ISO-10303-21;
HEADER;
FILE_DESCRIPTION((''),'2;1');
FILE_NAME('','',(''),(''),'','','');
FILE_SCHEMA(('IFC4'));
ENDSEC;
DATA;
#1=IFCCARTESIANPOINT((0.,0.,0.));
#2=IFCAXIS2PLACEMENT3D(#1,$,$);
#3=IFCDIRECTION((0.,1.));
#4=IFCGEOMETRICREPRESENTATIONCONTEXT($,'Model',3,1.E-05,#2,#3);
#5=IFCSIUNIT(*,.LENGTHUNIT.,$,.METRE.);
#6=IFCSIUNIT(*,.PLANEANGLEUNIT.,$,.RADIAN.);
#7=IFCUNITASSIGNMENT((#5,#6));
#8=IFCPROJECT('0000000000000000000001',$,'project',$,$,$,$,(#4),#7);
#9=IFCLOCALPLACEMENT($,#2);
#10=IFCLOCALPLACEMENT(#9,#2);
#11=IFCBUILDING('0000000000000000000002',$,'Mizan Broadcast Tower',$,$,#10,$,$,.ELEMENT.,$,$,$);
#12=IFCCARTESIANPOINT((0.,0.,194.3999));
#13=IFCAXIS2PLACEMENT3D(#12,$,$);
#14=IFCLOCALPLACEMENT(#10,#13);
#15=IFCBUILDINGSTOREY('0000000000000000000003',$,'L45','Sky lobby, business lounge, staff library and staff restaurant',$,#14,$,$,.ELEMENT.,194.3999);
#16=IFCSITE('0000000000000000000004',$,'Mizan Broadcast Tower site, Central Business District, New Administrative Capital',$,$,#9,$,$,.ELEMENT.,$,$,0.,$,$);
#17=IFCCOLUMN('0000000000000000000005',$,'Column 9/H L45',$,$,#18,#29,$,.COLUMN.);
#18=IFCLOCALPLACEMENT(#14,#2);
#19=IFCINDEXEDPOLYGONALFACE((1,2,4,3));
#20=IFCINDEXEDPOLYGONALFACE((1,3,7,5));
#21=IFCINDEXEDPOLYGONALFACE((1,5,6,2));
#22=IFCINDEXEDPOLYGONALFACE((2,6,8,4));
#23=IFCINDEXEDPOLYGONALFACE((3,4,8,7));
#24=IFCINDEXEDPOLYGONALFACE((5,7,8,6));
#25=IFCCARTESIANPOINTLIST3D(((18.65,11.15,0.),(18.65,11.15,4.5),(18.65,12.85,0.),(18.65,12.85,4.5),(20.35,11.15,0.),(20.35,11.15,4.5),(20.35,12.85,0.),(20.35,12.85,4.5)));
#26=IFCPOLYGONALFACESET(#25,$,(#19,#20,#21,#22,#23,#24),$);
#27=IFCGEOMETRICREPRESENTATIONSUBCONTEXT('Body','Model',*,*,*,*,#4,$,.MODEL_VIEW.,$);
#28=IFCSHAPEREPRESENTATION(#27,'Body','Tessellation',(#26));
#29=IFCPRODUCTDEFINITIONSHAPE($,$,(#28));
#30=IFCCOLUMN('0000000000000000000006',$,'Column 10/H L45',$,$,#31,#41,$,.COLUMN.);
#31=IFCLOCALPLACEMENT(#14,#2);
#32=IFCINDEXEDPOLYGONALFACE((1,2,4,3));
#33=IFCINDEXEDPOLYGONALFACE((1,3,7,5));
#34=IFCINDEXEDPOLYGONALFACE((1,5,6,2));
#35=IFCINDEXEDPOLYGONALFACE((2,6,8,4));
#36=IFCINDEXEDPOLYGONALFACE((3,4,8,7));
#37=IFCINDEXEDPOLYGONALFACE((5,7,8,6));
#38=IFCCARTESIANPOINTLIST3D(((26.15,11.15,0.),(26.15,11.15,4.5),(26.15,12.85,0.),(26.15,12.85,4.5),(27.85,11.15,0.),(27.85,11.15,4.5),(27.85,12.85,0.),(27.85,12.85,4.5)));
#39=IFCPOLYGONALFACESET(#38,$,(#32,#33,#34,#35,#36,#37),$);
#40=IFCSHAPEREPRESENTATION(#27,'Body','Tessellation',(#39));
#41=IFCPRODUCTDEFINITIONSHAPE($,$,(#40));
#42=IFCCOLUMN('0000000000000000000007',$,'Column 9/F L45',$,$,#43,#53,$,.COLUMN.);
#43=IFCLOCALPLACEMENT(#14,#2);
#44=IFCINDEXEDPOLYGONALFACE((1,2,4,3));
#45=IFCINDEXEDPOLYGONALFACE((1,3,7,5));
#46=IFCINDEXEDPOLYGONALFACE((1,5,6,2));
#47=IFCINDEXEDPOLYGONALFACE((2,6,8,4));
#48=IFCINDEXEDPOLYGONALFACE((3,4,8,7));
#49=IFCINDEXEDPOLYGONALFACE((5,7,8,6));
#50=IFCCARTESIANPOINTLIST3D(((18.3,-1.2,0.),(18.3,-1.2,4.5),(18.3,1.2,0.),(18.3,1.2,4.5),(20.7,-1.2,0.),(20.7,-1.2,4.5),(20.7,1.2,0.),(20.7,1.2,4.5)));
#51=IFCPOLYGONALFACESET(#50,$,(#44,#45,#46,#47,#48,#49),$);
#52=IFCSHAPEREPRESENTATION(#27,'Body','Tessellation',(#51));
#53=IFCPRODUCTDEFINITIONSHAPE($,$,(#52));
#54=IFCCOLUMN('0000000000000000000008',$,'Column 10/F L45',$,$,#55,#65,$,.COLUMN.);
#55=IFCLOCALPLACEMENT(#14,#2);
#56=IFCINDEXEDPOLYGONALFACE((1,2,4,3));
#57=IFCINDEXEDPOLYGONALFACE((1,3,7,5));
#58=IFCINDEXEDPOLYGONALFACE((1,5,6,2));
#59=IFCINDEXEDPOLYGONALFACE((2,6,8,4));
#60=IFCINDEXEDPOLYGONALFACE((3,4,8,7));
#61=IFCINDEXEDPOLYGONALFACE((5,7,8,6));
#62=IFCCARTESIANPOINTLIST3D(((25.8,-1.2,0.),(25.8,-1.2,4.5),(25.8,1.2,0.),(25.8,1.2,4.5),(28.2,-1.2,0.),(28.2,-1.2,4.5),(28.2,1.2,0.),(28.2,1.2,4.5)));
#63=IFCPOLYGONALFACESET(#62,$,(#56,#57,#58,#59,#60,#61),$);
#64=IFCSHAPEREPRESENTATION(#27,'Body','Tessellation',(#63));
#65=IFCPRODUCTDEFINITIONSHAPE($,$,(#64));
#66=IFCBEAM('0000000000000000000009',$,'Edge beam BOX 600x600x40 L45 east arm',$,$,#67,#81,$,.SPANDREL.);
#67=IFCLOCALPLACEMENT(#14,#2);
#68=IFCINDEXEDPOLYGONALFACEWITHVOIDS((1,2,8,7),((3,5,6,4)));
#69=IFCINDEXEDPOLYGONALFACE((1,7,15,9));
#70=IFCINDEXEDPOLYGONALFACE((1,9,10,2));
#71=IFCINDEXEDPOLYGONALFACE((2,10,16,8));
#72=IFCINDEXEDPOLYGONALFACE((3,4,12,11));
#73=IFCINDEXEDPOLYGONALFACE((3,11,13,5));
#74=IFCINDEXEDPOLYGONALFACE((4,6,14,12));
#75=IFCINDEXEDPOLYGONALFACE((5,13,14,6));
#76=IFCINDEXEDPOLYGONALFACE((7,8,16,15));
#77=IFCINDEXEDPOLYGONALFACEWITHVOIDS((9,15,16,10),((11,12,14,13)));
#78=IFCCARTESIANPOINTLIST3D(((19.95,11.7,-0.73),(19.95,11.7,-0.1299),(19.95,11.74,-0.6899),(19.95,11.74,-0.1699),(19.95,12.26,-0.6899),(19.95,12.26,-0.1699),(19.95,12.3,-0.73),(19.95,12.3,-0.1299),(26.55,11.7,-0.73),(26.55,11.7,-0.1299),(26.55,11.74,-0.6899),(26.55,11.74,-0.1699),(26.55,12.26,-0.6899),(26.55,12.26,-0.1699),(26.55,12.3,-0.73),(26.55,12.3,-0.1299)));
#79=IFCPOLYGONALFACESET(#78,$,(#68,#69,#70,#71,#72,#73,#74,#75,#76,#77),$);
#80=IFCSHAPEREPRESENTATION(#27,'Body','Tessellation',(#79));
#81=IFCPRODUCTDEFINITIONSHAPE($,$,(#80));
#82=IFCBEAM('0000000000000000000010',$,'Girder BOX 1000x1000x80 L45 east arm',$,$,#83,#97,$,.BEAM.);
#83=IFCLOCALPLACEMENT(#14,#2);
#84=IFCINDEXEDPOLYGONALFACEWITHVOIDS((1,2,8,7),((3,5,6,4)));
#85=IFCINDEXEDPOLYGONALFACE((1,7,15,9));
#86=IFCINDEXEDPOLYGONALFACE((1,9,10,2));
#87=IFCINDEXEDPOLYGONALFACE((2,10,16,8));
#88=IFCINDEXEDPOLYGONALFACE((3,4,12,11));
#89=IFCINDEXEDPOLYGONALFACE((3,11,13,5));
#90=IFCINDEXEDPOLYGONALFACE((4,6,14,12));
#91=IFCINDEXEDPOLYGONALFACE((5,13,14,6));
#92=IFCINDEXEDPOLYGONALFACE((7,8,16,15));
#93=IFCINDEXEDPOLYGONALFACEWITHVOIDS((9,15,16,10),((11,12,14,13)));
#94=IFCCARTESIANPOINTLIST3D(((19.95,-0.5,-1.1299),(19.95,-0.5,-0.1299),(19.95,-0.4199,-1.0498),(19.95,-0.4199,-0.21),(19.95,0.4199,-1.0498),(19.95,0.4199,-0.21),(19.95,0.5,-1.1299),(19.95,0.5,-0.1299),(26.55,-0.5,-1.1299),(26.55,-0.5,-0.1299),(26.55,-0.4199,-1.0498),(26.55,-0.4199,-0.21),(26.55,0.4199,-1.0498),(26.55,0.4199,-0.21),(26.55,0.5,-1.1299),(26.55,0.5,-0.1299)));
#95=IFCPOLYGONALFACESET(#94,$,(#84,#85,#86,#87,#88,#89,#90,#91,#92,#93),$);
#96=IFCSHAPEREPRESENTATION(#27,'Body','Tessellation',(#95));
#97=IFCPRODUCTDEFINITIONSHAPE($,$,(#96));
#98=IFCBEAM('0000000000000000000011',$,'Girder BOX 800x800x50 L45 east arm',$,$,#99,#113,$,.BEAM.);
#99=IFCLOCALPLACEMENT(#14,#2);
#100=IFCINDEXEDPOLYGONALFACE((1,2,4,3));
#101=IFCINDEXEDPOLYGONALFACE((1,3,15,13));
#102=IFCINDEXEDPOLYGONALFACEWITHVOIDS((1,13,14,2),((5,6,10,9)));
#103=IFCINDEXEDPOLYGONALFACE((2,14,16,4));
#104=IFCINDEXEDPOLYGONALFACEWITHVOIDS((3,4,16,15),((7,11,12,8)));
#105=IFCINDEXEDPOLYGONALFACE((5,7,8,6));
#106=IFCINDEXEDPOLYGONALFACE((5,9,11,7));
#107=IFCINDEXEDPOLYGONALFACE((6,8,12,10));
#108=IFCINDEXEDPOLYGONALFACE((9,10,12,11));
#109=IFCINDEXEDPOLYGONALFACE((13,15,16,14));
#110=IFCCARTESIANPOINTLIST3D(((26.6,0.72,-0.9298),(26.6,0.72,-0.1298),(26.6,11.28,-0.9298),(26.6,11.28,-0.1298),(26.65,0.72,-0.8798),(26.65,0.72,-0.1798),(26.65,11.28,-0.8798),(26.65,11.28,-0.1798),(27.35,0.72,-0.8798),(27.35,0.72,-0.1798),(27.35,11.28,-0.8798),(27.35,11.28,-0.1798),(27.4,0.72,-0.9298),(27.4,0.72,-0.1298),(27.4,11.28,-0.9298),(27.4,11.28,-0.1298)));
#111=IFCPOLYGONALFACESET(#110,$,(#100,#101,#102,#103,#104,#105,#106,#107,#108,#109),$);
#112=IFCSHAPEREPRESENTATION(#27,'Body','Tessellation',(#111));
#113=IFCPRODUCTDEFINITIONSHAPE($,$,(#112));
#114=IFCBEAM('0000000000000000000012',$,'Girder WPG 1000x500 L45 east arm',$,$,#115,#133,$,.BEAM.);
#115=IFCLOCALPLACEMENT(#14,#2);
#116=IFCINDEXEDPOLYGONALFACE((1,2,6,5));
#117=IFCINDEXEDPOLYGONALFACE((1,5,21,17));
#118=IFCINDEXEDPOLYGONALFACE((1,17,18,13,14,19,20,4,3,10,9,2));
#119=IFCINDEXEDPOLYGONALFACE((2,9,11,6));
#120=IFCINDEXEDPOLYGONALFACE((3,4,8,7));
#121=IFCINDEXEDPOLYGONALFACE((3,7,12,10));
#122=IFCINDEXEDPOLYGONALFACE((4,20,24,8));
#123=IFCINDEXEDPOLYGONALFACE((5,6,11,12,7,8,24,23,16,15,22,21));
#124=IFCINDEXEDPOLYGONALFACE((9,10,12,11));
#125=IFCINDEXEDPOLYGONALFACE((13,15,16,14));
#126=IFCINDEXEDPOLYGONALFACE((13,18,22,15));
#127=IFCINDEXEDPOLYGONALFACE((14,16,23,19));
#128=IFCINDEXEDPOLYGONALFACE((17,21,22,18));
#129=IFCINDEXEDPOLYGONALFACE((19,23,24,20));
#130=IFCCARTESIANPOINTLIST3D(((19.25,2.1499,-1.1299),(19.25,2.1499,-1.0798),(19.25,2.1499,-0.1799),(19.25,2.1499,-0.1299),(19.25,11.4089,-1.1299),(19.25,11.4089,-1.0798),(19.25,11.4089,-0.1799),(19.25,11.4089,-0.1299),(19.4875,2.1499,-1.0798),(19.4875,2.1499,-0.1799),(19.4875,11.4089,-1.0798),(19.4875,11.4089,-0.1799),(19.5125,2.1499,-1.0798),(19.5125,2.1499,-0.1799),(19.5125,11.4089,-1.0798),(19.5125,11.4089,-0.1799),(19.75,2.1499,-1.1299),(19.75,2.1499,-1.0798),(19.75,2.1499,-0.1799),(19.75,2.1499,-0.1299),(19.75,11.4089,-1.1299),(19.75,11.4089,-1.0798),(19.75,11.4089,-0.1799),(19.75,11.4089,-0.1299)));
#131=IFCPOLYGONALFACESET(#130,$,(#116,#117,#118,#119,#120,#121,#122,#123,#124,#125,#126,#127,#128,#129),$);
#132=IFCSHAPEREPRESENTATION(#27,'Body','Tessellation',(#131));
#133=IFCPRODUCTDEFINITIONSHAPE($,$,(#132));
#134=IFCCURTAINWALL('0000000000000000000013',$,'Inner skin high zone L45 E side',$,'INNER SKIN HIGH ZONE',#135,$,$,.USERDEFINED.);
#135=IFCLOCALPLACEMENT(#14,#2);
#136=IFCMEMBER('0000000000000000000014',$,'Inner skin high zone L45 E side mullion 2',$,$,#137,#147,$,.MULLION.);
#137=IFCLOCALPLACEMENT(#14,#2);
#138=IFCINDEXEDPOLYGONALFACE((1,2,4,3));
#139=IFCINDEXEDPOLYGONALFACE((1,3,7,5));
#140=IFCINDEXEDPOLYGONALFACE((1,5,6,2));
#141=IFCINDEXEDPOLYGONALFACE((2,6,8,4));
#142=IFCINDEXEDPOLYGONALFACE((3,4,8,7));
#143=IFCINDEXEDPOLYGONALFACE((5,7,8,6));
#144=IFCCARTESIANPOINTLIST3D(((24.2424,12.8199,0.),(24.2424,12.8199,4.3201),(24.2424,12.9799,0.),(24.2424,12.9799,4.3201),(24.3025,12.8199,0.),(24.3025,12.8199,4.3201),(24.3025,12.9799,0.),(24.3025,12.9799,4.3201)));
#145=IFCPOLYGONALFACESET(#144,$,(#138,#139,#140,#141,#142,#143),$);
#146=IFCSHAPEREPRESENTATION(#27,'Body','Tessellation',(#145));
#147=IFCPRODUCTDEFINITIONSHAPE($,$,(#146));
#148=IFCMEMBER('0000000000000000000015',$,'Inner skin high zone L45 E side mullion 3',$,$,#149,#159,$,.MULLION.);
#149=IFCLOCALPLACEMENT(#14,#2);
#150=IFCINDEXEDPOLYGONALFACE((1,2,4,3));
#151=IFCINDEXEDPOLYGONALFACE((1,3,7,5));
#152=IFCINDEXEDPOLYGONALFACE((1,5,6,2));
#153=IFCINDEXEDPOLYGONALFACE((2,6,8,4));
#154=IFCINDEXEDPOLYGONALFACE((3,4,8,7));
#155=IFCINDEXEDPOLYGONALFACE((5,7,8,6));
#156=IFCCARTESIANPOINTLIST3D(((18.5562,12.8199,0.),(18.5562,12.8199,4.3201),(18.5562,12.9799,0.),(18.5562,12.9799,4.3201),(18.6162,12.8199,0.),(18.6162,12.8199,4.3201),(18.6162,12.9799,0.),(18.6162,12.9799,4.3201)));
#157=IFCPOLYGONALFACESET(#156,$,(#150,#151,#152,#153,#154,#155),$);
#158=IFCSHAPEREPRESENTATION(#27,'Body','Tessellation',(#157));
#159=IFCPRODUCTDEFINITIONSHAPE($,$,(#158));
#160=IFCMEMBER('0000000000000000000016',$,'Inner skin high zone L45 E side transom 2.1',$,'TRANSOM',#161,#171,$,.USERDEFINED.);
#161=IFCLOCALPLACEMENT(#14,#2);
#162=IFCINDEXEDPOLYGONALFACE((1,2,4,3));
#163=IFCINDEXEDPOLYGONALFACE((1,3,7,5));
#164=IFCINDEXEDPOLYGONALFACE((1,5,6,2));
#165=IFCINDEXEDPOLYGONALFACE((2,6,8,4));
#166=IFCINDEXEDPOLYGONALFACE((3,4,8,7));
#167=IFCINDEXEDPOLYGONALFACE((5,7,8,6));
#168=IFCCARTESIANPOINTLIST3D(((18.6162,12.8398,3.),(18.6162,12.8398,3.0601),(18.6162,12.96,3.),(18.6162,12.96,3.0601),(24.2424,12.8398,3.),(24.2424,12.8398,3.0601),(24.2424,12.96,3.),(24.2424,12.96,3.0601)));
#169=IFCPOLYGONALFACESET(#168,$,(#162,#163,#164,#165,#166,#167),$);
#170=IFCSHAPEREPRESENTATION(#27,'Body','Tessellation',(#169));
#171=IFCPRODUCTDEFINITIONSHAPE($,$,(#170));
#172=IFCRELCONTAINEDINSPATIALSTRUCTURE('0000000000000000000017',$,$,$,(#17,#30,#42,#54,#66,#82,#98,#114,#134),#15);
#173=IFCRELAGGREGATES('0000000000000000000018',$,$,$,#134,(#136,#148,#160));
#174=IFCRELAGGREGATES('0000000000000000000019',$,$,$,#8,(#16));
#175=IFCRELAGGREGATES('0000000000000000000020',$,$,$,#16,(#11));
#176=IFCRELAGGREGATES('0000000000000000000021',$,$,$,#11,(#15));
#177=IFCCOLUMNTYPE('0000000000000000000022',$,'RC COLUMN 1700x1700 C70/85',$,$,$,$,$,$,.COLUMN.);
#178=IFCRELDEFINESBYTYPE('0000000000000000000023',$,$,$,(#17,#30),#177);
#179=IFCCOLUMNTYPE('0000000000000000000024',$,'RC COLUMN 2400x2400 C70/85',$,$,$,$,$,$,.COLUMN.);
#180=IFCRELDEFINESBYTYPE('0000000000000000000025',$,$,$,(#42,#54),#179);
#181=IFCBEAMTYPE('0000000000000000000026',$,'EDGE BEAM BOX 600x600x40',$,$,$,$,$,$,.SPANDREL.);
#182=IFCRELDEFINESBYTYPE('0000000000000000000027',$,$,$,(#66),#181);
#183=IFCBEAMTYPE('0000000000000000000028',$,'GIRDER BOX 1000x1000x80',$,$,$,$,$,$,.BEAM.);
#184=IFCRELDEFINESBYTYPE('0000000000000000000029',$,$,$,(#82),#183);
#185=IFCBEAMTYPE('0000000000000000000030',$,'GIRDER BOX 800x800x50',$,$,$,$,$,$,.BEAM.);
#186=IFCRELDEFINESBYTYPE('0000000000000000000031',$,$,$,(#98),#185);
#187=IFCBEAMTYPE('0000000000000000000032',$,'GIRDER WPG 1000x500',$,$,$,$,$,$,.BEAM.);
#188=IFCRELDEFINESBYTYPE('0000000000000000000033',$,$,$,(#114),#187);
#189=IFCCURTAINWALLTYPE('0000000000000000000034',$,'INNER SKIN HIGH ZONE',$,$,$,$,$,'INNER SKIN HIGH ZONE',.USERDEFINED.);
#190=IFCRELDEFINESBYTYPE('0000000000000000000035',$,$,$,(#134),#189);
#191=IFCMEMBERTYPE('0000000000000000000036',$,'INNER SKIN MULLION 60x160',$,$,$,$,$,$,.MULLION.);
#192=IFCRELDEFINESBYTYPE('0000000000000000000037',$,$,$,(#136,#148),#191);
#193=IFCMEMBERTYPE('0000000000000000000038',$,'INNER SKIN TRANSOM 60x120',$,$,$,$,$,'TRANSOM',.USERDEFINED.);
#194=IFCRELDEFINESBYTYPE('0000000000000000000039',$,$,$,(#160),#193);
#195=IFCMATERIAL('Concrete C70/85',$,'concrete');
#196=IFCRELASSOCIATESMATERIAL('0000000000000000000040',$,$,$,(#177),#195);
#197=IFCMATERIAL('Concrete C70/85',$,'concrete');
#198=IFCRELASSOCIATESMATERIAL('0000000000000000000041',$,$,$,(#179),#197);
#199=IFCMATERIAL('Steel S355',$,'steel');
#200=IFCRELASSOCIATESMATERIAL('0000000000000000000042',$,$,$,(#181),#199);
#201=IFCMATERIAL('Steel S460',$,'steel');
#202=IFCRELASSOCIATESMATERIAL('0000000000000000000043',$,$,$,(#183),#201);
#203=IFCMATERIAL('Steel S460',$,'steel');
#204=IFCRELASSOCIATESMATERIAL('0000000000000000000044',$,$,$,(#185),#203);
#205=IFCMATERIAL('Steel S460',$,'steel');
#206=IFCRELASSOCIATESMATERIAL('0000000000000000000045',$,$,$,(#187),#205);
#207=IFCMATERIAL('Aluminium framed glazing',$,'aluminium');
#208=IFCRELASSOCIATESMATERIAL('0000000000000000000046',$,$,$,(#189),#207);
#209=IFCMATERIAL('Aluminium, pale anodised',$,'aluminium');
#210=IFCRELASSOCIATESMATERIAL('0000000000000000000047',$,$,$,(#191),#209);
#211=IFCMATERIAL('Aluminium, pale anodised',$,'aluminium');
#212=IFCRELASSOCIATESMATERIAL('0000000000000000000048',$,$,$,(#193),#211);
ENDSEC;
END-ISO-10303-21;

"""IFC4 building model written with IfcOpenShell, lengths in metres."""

from ifc_helpers import new_model, si_unit, direction, frame, origin, origin_2d, place, context, subcontext, project, spatial, rectangle, hollow_rectangle, i_section, extrude, material, material_profile, profile_set, type_object, element, aggregate, save


model = new_model("IFC4")

# Units and contexts
model_context = context("Model", 3, precision=1e-05, world=origin(), true_north=direction((0.0, 1.0)))
body_context = subcontext(model_context, "Body", "Model", "MODEL_VIEW")
ifc_project = project(units=[si_unit("LENGTHUNIT", "METRE"), si_unit("PLANEANGLEUNIT", "RADIAN")], contexts=[model_context])

# Site, building, storey
site_placement = place(None, origin())
site = spatial("IfcSite", under=ifc_project, at=site_placement, Name="Mizan Broadcast Tower site, Central Business District, New Administrative Capital", CompositionType="ELEMENT", RefElevation=0.0)
building_placement = place(site_placement, origin())
building = spatial("IfcBuilding", under=site, at=building_placement, Name="Mizan Broadcast Tower", CompositionType="ELEMENT")
storey_placement = place(building_placement, frame((0.0, 0.0, 194.3999)))
storey = spatial("IfcBuildingStorey", under=building, at=storey_placement, Name="L45", Description="Sky lobby, business lounge, staff library and staff restaurant", CompositionType="ELEMENT", Elevation=194.3999)

# Columns
ifc_material_1 = material(Name="Concrete C70/85", Category="concrete")
ifc_material_profile_1 = material_profile(ifc_material_1, rectangle(XDim=1.7, YDim=1.7, at=origin_2d()), Name="RC 1700x1700")
ifc_profile_set_1 = profile_set([ifc_material_profile_1], Name="Concrete C70/85")
column_type_1 = type_object("IfcColumnType", Name="RC COLUMN 1700x1700 C70/85", PredefinedType="COLUMN", material=ifc_profile_set_1)
for number, where, z_axis, x_axis, name in (
    (1, (19.5, 12.0, 0.0), (0.0, 0.0, 1.0), (1.0, 0.0, 0.0), "Column 9/H L45"),
    (2, (27.0, 12.0, 0.0), (0.0, 0.0, 1.0), (1.0, 0.0, 0.0), "Column 10/H L45"),
):
    element("IfcColumn", number, at=place(storey_placement, frame(where, z_axis=z_axis, x_axis=x_axis)), inside=storey, type_object=column_type_1, Name=name, PredefinedType="COLUMN", context=body_context, shape_type="SweptSolid", body=[
        extrude(rectangle(XDim=1.7, YDim=1.7, at=origin_2d()), origin(), (0.0, 0.0, 1.0), 4.5),
    ])
ifc_material_2 = material(Name="Concrete C70/85", Category="concrete")
ifc_material_profile_2 = material_profile(ifc_material_2, rectangle(XDim=2.3999, YDim=2.3999, at=origin_2d()), Name="RC 2400x2400")
ifc_profile_set_2 = profile_set([ifc_material_profile_2], Name="Concrete C70/85")
column_type_2 = type_object("IfcColumnType", Name="RC COLUMN 2400x2400 C70/85", PredefinedType="COLUMN", material=ifc_profile_set_2)
for number, where, z_axis, x_axis, name in (
    (3, (19.5, 0.0, 0.0), (0.0, 0.0, 1.0), (1.0, 0.0, 0.0), "Column 9/F L45"),
    (4, (27.0, 0.0, 0.0), (0.0, 0.0, 1.0), (1.0, 0.0, 0.0), "Column 10/F L45"),
):
    element("IfcColumn", number, at=place(storey_placement, frame(where, z_axis=z_axis, x_axis=x_axis)), inside=storey, type_object=column_type_2, Name=name, PredefinedType="COLUMN", context=body_context, shape_type="SweptSolid", body=[
        extrude(rectangle(XDim=2.3999, YDim=2.3999, at=origin_2d()), origin(), (0.0, 0.0, 1.0), 4.5),
    ])

# Beams
ifc_material_3 = material(Name="Steel S355", Category="steel")
ifc_material_profile_3 = material_profile(ifc_material_3, hollow_rectangle(XDim=0.6001, YDim=0.6001, WallThickness=0.04, at=origin_2d()), Name="BOX 600x600x40")
ifc_profile_set_3 = profile_set([ifc_material_profile_3], Name="Steel S355")
beam_type_1 = type_object("IfcBeamType", Name="EDGE BEAM BOX 600x600x40", PredefinedType="SPANDREL", material=ifc_profile_set_3)
beam_1_placement = place(storey_placement, frame((19.95, 12.0, -0.4299), z_axis=(1.0, 0.0, 0.0), x_axis=(0.0, 1.0, 0.0)))
element("IfcBeam", 5, at=beam_1_placement, inside=storey, type_object=beam_type_1, Name="Edge beam BOX 600x600x40 L45 east arm", PredefinedType="SPANDREL", context=body_context, shape_type="SweptSolid", body=[
    extrude(hollow_rectangle(XDim=0.6001, YDim=0.6001, WallThickness=0.04, at=origin_2d()), origin(), (0.0, 0.0, 1.0), 6.6001),
])
ifc_material_4 = material(Name="Steel S460", Category="steel")
ifc_material_profile_4 = material_profile(ifc_material_4, hollow_rectangle(XDim=1.0, YDim=1.0, WallThickness=0.0801, at=origin_2d()), Name="BOX 1000x1000x80")
ifc_profile_set_4 = profile_set([ifc_material_profile_4], Name="Steel S460")
beam_type_2 = type_object("IfcBeamType", Name="GIRDER BOX 1000x1000x80", PredefinedType="BEAM", material=ifc_profile_set_4)
beam_2_placement = place(storey_placement, frame((19.95, 0.0, -0.6299), z_axis=(1.0, 0.0, 0.0), x_axis=(0.0, 1.0, 0.0)))
element("IfcBeam", 6, at=beam_2_placement, inside=storey, type_object=beam_type_2, Name="Girder BOX 1000x1000x80 L45 east arm", PredefinedType="BEAM", context=body_context, shape_type="SweptSolid", body=[
    extrude(hollow_rectangle(XDim=1.0, YDim=1.0, WallThickness=0.0801, at=origin_2d()), origin(), (0.0, 0.0, 1.0), 6.6001),
])
ifc_material_5 = material(Name="Steel S460", Category="steel")
ifc_material_profile_5 = material_profile(ifc_material_5, hollow_rectangle(XDim=0.8, YDim=0.8, WallThickness=0.05, at=origin_2d()), Name="BOX 800x800x50")
ifc_profile_set_5 = profile_set([ifc_material_profile_5], Name="Steel S460")
beam_type_3 = type_object("IfcBeamType", Name="GIRDER BOX 800x800x50", PredefinedType="BEAM", material=ifc_profile_set_5)
beam_3_placement = place(storey_placement, frame((27.0, 11.28, -0.5298), z_axis=(0.0, -1.0, 0.0), x_axis=(1.0, 0.0, 0.0)))
element("IfcBeam", 7, at=beam_3_placement, inside=storey, type_object=beam_type_3, Name="Girder BOX 800x800x50 L45 east arm", PredefinedType="BEAM", context=body_context, shape_type="SweptSolid", body=[
    extrude(hollow_rectangle(XDim=0.8, YDim=0.8, WallThickness=0.05, at=origin_2d()), origin(), (0.0, 0.0, 1.0), 10.5601),
])
ifc_material_6 = material(Name="Steel S460", Category="steel")
ifc_material_profile_6 = material_profile(ifc_material_6, i_section(OverallWidth=0.5, OverallDepth=1.0, WebThickness=0.0249, FlangeThickness=0.05, at=origin_2d()), Name="WPG 1000x500")
ifc_profile_set_6 = profile_set([ifc_material_profile_6], Name="Steel S460")
beam_type_4 = type_object("IfcBeamType", Name="GIRDER WPG 1000x500", PredefinedType="BEAM", material=ifc_profile_set_6)
beam_4_placement = place(storey_placement, frame((19.5, 11.4089, -0.6299), z_axis=(0.0, -1.0, 0.0), x_axis=(1.0, 0.0, 0.0)))
element("IfcBeam", 8, at=beam_4_placement, inside=storey, type_object=beam_type_4, Name="Girder WPG 1000x500 L45 east arm", PredefinedType="BEAM", context=body_context, shape_type="SweptSolid", body=[
    extrude(i_section(OverallWidth=0.5, OverallDepth=1.0, WebThickness=0.0249, FlangeThickness=0.05, at=origin_2d()), origin(), (0.0, 0.0, 1.0), 9.259),
])

# Curtain wall, members
ifc_material_7 = material(Name="Aluminium framed glazing", Category="aluminium")
curtain_wall_type_1 = type_object("IfcCurtainWallType", Name="INNER SKIN HIGH ZONE", ElementType="INNER SKIN HIGH ZONE", PredefinedType="USERDEFINED", material=ifc_material_7)
curtain_wall_1_placement = place(storey_placement, origin())
curtain_wall_1 = element("IfcCurtainWall", 9, at=curtain_wall_1_placement, inside=storey, type_object=curtain_wall_type_1, Name="Inner skin high zone L45 E side", ObjectType="INNER SKIN HIGH ZONE", PredefinedType="USERDEFINED")
ifc_material_8 = material(Name="Aluminium, pale anodised", Category="aluminium")
ifc_material_profile_7 = material_profile(ifc_material_8, rectangle(XDim=0.1599, YDim=0.0601, at=origin_2d()), Name="MULLION 160x60")
ifc_profile_set_7 = profile_set([ifc_material_profile_7], Name="Aluminium, pale anodised")
member_type_1 = type_object("IfcMemberType", Name="INNER SKIN MULLION 60x160", PredefinedType="MULLION", material=ifc_profile_set_7)
member_1_placement = place(storey_placement, frame((24.2725, 12.8999, 0.0), z_axis=(0.0, 0.0, 1.0), x_axis=(0.0, -1.0, 0.0)))
member_1 = element("IfcMember", 10, at=member_1_placement, type_object=member_type_1, Name="Inner skin high zone L45 E side mullion 2", PredefinedType="MULLION", context=body_context, shape_type="SweptSolid", body=[
    extrude(rectangle(XDim=0.1599, YDim=0.0601, at=origin_2d()), origin(), (0.0, 0.0, 1.0), 4.3201),
])
member_2_placement = place(storey_placement, frame((18.5862, 12.8999, 0.0), z_axis=(0.0, 0.0, 1.0), x_axis=(0.0, -1.0, 0.0)))
member_2 = element("IfcMember", 11, at=member_2_placement, type_object=member_type_1, Name="Inner skin high zone L45 E side mullion 3", PredefinedType="MULLION", context=body_context, shape_type="SweptSolid", body=[
    extrude(rectangle(XDim=0.1599, YDim=0.0601, at=origin_2d()), origin(), (0.0, 0.0, 1.0), 4.3201),
])
ifc_material_9 = material(Name="Aluminium, pale anodised", Category="aluminium")
ifc_material_profile_8 = material_profile(ifc_material_9, rectangle(XDim=0.1201, YDim=0.0601, at=origin_2d()), Name="TRANSOM 120x60")
ifc_profile_set_8 = profile_set([ifc_material_profile_8], Name="Aluminium, pale anodised")
member_type_2 = type_object("IfcMemberType", Name="INNER SKIN TRANSOM 60x120", ElementType="TRANSOM", PredefinedType="USERDEFINED", material=ifc_profile_set_8)
member_3_placement = place(storey_placement, frame((24.2424, 12.8999, 3.03), z_axis=(-1.0, 0.0, 0.0), x_axis=(0.0, -1.0, 0.0)))
member_3 = element("IfcMember", 12, at=member_3_placement, type_object=member_type_2, Name="Inner skin high zone L45 E side transom 2.1", ObjectType="TRANSOM", PredefinedType="USERDEFINED", context=body_context, shape_type="SweptSolid", body=[
    extrude(rectangle(XDim=0.1201, YDim=0.0601, at=origin_2d()), origin(), (0.0, 0.0, 1.0), 5.6262),
])

aggregate(curtain_wall_1, [member_1, member_2, member_3])

save(model, "model.ifc")
